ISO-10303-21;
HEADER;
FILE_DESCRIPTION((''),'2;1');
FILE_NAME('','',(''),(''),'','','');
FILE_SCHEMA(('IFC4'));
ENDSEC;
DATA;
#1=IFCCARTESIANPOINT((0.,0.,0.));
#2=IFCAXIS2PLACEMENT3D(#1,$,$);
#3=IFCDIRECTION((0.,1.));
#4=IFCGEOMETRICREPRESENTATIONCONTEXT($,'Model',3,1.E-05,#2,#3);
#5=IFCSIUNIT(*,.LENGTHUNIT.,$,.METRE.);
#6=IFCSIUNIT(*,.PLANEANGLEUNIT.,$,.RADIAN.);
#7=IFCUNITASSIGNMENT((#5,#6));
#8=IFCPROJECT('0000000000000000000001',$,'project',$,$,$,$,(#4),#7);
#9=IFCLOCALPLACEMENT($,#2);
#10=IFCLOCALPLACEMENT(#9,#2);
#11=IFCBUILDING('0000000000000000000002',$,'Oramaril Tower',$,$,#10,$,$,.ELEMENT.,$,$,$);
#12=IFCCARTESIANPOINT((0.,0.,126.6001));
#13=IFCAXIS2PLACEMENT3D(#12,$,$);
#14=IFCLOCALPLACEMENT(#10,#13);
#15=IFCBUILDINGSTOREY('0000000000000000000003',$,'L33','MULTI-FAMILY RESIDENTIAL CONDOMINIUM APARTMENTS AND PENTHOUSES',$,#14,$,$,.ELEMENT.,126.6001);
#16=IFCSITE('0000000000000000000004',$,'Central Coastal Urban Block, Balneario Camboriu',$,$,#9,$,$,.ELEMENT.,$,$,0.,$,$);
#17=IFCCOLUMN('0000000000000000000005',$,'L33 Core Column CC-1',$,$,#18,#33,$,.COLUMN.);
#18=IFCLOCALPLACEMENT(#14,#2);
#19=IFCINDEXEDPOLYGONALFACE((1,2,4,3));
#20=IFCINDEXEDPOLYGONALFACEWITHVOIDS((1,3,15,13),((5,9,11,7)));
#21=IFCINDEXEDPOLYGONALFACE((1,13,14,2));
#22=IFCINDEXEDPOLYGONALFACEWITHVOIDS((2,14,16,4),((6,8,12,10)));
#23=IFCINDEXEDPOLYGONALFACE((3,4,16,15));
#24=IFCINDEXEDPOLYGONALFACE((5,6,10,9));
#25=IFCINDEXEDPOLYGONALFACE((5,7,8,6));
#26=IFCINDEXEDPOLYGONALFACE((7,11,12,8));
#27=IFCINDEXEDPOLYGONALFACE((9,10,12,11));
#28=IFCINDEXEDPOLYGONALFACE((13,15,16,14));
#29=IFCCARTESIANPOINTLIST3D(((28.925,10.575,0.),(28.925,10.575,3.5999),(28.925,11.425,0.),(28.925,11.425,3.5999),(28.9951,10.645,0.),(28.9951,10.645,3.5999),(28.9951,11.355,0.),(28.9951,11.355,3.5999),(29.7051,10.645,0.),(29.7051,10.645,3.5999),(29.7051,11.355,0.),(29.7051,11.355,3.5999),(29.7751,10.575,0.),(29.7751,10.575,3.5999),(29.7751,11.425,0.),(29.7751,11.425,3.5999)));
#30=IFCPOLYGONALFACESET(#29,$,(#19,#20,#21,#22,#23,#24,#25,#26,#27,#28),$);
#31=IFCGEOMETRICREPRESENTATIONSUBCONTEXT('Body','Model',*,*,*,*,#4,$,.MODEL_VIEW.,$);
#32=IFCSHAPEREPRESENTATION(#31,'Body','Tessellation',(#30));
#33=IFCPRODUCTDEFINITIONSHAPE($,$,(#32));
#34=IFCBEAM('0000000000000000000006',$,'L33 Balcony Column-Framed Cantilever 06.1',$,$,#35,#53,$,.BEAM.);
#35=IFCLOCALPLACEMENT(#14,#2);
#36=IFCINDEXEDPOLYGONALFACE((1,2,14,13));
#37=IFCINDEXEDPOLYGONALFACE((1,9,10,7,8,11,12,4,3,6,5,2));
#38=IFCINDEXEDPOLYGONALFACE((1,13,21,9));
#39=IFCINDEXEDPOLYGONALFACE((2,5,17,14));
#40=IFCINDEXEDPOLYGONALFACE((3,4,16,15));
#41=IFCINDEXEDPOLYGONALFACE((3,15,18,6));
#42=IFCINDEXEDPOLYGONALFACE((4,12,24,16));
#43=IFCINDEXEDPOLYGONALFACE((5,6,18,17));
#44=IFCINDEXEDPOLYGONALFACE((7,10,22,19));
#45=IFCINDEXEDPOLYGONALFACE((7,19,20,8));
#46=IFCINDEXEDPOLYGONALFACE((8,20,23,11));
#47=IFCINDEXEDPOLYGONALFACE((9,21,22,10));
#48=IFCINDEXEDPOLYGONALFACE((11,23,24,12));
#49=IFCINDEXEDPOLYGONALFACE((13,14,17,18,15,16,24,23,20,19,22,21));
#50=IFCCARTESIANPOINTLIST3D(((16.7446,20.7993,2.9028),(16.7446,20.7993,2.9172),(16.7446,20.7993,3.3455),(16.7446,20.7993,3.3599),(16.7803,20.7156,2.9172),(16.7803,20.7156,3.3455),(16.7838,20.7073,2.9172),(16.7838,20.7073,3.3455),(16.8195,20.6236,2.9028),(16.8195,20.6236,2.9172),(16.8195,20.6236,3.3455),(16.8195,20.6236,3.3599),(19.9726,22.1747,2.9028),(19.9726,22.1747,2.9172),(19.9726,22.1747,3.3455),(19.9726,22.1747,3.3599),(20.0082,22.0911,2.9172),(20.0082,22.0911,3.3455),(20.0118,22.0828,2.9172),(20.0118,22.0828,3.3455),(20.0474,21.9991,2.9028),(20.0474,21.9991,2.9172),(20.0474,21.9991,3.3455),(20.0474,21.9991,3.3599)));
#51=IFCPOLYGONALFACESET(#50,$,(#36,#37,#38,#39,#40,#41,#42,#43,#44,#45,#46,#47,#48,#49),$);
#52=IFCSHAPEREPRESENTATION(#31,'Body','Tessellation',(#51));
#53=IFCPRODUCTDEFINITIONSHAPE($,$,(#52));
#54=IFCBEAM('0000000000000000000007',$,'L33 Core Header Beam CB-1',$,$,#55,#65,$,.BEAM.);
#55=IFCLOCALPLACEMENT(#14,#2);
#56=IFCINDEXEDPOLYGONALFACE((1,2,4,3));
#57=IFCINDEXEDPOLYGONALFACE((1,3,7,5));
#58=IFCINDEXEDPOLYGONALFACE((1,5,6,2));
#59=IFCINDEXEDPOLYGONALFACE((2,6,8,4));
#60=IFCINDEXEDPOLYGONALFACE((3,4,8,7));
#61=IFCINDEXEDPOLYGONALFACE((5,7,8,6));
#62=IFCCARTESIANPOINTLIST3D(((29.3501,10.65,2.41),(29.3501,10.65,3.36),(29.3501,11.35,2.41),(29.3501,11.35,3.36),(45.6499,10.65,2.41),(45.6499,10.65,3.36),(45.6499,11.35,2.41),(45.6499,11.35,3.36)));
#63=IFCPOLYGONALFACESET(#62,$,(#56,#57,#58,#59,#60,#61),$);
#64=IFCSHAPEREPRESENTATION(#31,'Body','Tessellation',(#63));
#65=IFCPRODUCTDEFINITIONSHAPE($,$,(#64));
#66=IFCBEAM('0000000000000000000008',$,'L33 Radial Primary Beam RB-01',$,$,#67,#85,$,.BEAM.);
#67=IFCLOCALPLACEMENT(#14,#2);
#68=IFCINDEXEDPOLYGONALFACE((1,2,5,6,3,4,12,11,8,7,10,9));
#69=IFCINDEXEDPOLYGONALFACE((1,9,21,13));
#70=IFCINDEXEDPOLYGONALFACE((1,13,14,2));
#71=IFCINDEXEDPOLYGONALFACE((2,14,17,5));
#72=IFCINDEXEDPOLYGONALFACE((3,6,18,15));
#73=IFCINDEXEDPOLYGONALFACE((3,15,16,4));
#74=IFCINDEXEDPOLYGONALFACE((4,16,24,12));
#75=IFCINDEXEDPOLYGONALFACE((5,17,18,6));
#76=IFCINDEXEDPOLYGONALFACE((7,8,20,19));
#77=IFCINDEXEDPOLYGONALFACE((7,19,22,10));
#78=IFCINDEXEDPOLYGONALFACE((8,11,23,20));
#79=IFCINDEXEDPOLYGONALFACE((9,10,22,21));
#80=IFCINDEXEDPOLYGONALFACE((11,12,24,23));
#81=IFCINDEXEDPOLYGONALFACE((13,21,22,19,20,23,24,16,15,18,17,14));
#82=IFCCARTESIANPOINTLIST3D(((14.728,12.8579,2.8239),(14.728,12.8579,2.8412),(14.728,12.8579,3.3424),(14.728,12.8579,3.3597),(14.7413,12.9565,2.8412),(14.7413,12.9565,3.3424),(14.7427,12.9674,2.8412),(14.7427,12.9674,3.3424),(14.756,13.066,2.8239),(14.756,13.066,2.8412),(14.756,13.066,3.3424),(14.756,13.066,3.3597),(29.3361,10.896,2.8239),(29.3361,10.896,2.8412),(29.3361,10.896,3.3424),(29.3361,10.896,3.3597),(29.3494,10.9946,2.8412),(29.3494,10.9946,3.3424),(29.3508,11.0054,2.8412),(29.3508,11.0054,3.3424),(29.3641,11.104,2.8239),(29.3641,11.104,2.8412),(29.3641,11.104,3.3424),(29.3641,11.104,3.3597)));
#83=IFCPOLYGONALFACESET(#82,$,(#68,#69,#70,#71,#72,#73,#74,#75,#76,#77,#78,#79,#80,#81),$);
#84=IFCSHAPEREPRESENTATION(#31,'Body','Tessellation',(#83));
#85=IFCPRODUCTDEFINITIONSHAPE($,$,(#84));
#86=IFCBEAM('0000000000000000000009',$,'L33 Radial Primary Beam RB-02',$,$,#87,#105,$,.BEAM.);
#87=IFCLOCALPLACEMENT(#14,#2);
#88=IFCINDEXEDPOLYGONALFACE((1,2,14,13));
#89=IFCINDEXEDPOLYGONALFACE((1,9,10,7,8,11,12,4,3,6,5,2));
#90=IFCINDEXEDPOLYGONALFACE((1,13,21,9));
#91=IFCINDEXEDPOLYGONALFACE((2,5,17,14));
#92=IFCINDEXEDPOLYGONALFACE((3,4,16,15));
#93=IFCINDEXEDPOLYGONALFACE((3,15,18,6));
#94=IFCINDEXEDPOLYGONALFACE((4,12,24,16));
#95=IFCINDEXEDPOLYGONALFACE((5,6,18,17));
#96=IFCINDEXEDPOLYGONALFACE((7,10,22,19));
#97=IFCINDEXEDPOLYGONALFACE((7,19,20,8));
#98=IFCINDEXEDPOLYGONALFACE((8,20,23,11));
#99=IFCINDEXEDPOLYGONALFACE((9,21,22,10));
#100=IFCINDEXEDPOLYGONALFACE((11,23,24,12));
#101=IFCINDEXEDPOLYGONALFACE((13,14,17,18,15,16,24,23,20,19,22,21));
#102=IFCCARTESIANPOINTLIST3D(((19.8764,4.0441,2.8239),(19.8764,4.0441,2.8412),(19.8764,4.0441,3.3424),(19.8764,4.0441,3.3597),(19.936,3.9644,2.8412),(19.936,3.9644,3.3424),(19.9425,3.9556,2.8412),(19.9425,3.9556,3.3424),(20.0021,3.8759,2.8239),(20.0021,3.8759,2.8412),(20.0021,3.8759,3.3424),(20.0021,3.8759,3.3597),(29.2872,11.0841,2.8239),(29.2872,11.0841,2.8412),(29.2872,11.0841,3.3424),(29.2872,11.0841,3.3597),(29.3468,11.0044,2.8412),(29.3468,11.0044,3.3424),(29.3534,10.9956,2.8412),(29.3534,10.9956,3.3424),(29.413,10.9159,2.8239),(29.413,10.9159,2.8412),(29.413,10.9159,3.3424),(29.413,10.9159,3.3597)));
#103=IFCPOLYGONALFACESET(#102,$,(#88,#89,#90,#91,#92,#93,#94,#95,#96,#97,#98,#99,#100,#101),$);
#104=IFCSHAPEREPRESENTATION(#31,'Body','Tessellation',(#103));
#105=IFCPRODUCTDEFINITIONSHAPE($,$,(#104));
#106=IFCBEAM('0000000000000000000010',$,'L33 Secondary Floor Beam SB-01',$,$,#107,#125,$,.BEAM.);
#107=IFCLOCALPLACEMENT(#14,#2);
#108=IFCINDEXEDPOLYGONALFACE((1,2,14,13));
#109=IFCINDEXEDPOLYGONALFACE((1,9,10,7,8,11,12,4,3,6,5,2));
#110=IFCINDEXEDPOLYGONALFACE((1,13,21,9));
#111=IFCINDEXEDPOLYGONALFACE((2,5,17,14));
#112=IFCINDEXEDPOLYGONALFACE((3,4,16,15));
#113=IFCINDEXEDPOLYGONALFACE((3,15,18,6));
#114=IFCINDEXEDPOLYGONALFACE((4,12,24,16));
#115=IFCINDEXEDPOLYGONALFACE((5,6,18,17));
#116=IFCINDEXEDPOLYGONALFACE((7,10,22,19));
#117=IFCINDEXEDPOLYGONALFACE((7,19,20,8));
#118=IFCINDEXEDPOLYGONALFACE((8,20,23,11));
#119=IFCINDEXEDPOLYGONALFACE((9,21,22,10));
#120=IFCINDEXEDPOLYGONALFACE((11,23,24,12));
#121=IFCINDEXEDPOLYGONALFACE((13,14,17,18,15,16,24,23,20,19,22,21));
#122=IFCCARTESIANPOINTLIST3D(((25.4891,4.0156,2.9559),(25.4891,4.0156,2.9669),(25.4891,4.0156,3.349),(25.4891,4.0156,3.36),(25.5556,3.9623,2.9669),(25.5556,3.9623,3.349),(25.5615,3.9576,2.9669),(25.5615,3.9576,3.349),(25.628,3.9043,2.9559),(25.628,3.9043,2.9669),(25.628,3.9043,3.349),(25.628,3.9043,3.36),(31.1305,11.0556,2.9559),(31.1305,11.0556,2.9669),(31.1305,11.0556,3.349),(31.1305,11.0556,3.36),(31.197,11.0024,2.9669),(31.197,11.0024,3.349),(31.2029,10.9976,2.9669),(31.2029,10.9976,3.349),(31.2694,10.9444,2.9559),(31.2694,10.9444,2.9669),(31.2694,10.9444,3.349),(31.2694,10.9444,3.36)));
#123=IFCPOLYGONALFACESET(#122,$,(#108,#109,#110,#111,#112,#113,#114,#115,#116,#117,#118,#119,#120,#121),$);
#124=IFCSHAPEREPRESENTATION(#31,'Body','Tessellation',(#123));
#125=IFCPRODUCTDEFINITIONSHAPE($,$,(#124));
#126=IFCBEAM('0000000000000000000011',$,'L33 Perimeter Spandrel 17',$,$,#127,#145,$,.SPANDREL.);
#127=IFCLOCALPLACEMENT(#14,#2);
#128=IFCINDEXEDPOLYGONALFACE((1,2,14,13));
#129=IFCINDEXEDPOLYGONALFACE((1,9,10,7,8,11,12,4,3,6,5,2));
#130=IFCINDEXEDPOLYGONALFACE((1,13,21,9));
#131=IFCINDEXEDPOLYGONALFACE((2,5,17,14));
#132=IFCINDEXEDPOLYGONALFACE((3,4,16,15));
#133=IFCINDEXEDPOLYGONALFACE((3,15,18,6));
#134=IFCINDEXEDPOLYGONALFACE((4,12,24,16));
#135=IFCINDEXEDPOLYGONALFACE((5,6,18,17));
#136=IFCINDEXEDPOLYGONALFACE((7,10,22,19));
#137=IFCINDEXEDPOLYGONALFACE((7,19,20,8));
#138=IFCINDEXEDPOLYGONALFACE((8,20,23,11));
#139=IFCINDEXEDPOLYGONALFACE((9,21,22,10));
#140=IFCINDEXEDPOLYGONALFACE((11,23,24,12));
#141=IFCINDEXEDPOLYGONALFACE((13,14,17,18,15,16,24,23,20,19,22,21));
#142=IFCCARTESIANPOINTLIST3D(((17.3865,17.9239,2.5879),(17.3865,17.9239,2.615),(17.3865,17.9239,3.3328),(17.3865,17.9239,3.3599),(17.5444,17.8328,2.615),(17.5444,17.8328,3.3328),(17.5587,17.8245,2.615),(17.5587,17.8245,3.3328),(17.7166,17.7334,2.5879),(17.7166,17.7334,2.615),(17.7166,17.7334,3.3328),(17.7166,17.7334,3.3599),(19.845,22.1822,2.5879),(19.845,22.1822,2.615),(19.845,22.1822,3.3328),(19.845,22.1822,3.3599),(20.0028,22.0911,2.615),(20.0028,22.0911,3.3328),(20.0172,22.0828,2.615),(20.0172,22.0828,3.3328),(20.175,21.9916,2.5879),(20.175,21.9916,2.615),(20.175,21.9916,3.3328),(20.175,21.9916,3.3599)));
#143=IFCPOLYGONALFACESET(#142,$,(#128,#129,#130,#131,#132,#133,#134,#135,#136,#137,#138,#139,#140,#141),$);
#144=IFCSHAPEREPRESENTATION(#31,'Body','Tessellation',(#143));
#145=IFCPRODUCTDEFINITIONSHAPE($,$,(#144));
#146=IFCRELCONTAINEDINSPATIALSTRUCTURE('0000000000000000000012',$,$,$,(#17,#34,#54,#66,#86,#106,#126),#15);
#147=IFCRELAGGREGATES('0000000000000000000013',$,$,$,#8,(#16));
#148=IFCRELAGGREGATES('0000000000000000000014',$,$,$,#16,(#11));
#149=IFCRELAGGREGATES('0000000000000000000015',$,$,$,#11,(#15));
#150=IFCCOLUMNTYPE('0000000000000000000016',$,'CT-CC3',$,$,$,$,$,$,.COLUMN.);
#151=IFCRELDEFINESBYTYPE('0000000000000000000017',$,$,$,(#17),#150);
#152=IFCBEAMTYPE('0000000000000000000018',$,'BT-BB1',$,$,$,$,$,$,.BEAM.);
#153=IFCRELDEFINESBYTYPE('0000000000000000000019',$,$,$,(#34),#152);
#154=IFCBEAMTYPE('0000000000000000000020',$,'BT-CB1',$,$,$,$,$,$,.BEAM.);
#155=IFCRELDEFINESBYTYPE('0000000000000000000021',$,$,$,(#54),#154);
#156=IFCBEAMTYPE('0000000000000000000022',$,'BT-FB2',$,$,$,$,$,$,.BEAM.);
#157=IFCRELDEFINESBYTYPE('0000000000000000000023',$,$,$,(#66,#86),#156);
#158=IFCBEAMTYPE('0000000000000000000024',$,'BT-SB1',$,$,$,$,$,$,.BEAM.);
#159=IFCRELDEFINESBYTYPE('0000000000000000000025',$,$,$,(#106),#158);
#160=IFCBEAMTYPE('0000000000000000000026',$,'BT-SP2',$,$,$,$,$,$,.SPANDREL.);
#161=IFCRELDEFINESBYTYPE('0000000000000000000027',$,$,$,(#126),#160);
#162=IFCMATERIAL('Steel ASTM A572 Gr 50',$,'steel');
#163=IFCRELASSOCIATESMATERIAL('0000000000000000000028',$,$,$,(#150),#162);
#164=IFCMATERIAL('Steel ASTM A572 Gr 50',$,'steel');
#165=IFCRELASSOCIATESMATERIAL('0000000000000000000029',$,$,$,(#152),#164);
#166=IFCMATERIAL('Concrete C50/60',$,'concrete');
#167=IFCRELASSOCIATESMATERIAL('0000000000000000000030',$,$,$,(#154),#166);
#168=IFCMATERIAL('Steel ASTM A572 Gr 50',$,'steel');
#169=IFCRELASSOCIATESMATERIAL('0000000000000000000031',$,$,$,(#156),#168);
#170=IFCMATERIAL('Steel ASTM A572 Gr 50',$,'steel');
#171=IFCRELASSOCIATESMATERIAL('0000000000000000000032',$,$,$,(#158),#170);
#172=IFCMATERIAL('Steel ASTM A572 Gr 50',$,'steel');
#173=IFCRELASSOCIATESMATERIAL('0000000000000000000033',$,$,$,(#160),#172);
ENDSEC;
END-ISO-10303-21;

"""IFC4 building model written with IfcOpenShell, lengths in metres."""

from ifc_helpers import new_model, si_unit, direction, frame, origin, origin_2d, place, context, subcontext, project, spatial, rectangle, hollow_rectangle, i_section, extrude, material, material_profile, profile_set, type_object, element, save


model = new_model("IFC4")

# Units and contexts
model_context = context("Model", 3, precision=1e-05, world=origin(), true_north=direction((0.0, 1.0)))
body_context = subcontext(model_context, "Body", "Model", "MODEL_VIEW")
ifc_project = project(units=[si_unit("LENGTHUNIT", "METRE"), si_unit("PLANEANGLEUNIT", "RADIAN")], contexts=[model_context])

# Site, building, storey
site_placement = place(None, origin())
site = spatial("IfcSite", under=ifc_project, at=site_placement, Name="Central Coastal Urban Block, Balneario Camboriu", CompositionType="ELEMENT", RefElevation=0.0)
building_placement = place(site_placement, origin())
building = spatial("IfcBuilding", under=site, at=building_placement, Name="Oramaril Tower", CompositionType="ELEMENT")
storey_placement = place(building_placement, frame((0.0, 0.0, 126.6001)))
storey = spatial("IfcBuildingStorey", under=building, at=storey_placement, Name="L33", Description="MULTI-FAMILY RESIDENTIAL CONDOMINIUM APARTMENTS AND PENTHOUSES", CompositionType="ELEMENT", Elevation=126.6001)

# Column
ifc_material_1 = material(Name="Steel ASTM A572 Gr 50", Category="steel")
ifc_material_profile_1 = material_profile(ifc_material_1, hollow_rectangle(XDim=0.8501, YDim=0.8501, WallThickness=0.0701, at=origin_2d()), Name="BOX850X850X70")
ifc_profile_set_1 = profile_set([ifc_material_profile_1], Name="Steel ASTM A572 Gr 50")
column_type = type_object("IfcColumnType", Name="CT-CC3", PredefinedType="COLUMN", material=ifc_profile_set_1)
column_placement = place(storey_placement, frame((29.3501, 11.0, 0.0), z_axis=(0.0, 0.0, 1.0), x_axis=(1.0, 0.0, 0.0)))
element("IfcColumn", 1, at=column_placement, inside=storey, type_object=column_type, Name="L33 Core Column CC-1", PredefinedType="COLUMN", context=body_context, shape_type="SweptSolid", body=[
    extrude(hollow_rectangle(XDim=0.8501, YDim=0.8501, WallThickness=0.0701, at=origin_2d()), origin(), (0.0, 0.0, 1.0), 3.5999),
])

# Beams
ifc_material_2 = material(Name="Steel ASTM A572 Gr 50", Category="steel")
ifc_material_profile_2 = material_profile(ifc_material_2, i_section(OverallWidth=0.1909, OverallDepth=0.457, WebThickness=0.009, FlangeThickness=0.0144, at=origin_2d()), Name="W18X50")
ifc_profile_set_2 = profile_set([ifc_material_profile_2], Name="Steel ASTM A572 Gr 50")
beam_type_1 = type_object("IfcBeamType", Name="BT-BB1", PredefinedType="BEAM", material=ifc_profile_set_2)
beam_1_placement = place(storey_placement, frame((20.01, 22.0869, 3.1313), z_axis=(-0.919964, -0.392004, 0.0), x_axis=(0.392004, -0.919964, 0.0)))
element("IfcBeam", 2, at=beam_1_placement, inside=storey, type_object=beam_type_1, Name="L33 Balcony Column-Framed Cantilever 06.1", PredefinedType="BEAM", context=body_context, shape_type="SweptSolid", body=[
    extrude(i_section(OverallWidth=0.1909, OverallDepth=0.457, WebThickness=0.009, FlangeThickness=0.0144, at=origin_2d()), origin(), (0.0, 0.0, 1.0), 3.5088),
])
ifc_material_3 = material(Name="Concrete C50/60", Category="concrete")
ifc_material_profile_3 = material_profile(ifc_material_3, rectangle(XDim=0.7, YDim=0.95, at=origin_2d()), Name="CB700X950")
ifc_profile_set_3 = profile_set([ifc_material_profile_3], Name="Concrete C50/60")
beam_type_2 = type_object("IfcBeamType", Name="BT-CB1", PredefinedType="BEAM", material=ifc_profile_set_3)
beam_2_placement = place(storey_placement, frame((29.3501, 11.0, 2.885), z_axis=(1.0, 0.0, 0.0), x_axis=(0.0, 1.0, 0.0)))
element("IfcBeam", 3, at=beam_2_placement, inside=storey, type_object=beam_type_2, Name="L33 Core Header Beam CB-1", PredefinedType="BEAM", context=body_context, shape_type="SweptSolid", body=[
    extrude(rectangle(XDim=0.7, YDim=0.95, at=origin_2d()), origin(), (0.0, 0.0, 1.0), 16.2998),
])
ifc_material_4 = material(Name="Steel ASTM A572 Gr 50", Category="steel")
ifc_material_profile_4 = material_profile(ifc_material_4, i_section(OverallWidth=0.21, OverallDepth=0.5359, WebThickness=0.011, FlangeThickness=0.0173, at=origin_2d()), Name="W21X68")
ifc_profile_set_4 = profile_set([ifc_material_profile_4], Name="Steel ASTM A572 Gr 50")
beam_type_3 = type_object("IfcBeamType", Name="BT-FB2", PredefinedType="BEAM", material=ifc_profile_set_4)
beam_3_placement = place(storey_placement, frame((29.3501, 11.0, 3.0918), z_axis=(-0.991102, 0.133108, 0.0), x_axis=(-0.133108, -0.991102, 0.0)))
element("IfcBeam", 4, at=beam_3_placement, inside=storey, type_object=beam_type_3, Name="L33 Radial Primary Beam RB-01", PredefinedType="BEAM", context=body_context, shape_type="SweptSolid", body=[
    extrude(i_section(OverallWidth=0.21, OverallDepth=0.5359, WebThickness=0.011, FlangeThickness=0.0173, at=origin_2d()), origin(), (0.0, 0.0, 1.0), 14.7393),
])
beam_4_placement = place(storey_placement, frame((29.3501, 11.0, 3.0918), z_axis=(-0.80074, -0.599012, 0.0), x_axis=(0.599012, -0.80074, 0.0)))
element("IfcBeam", 5, at=beam_4_placement, inside=storey, type_object=beam_type_3, Name="L33 Radial Primary Beam RB-02", PredefinedType="BEAM", context=body_context, shape_type="SweptSolid", body=[
    extrude(i_section(OverallWidth=0.21, OverallDepth=0.5359, WebThickness=0.011, FlangeThickness=0.0173, at=origin_2d()), origin(), (0.0, 0.0, 1.0), 11.7527),
])
ifc_material_5 = material(Name="Steel ASTM A572 Gr 50", Category="steel")
ifc_material_profile_5 = material_profile(ifc_material_5, i_section(OverallWidth=0.178, OverallDepth=0.4041, WebThickness=0.0076, FlangeThickness=0.011, at=origin_2d()), Name="W16X36")
ifc_profile_set_5 = profile_set([ifc_material_profile_5], Name="Steel ASTM A572 Gr 50")
beam_type_4 = type_object("IfcBeamType", Name="BT-SB1", PredefinedType="BEAM", material=ifc_profile_set_5)
beam_5_placement = place(storey_placement, frame((31.2, 11.0, 3.158), z_axis=(-0.625325, -0.780364, 0.0), x_axis=(0.780364, -0.625325, 0.0)))
element("IfcBeam", 6, at=beam_5_placement, inside=storey, type_object=beam_type_4, Name="L33 Secondary Floor Beam SB-01", PredefinedType="BEAM", context=body_context, shape_type="SweptSolid", body=[
    extrude(i_section(OverallWidth=0.178, OverallDepth=0.4041, WebThickness=0.0076, FlangeThickness=0.011, at=origin_2d()), origin(), (0.0, 0.0, 1.0), 9.0215),
])
ifc_material_6 = material(Name="Steel ASTM A572 Gr 50", Category="steel")
ifc_material_profile_6 = material_profile(ifc_material_6, i_section(OverallWidth=0.3811, OverallDepth=0.772, WebThickness=0.0166, FlangeThickness=0.0271, at=origin_2d()), Name="W30X173")
ifc_profile_set_6 = profile_set([ifc_material_profile_6], Name="Steel ASTM A572 Gr 50")
beam_type_5 = type_object("IfcBeamType", Name="BT-SP2", PredefinedType="SPANDREL", material=ifc_profile_set_6)
beam_6_placement = place(storey_placement, frame((20.01, 22.0869, 2.9739), z_axis=(-0.499995, -0.866028, 0.0), x_axis=(0.866028, -0.499995, 0.0)))
element("IfcBeam", 7, at=beam_6_placement, inside=storey, type_object=beam_type_5, Name="L33 Perimeter Spandrel 17", PredefinedType="SPANDREL", context=body_context, shape_type="SweptSolid", body=[
    extrude(i_section(OverallWidth=0.3811, OverallDepth=0.772, WebThickness=0.0166, FlangeThickness=0.0271, at=origin_2d()), origin(), (0.0, 0.0, 1.0), 4.917),
])

save(model, "model.ifc")
